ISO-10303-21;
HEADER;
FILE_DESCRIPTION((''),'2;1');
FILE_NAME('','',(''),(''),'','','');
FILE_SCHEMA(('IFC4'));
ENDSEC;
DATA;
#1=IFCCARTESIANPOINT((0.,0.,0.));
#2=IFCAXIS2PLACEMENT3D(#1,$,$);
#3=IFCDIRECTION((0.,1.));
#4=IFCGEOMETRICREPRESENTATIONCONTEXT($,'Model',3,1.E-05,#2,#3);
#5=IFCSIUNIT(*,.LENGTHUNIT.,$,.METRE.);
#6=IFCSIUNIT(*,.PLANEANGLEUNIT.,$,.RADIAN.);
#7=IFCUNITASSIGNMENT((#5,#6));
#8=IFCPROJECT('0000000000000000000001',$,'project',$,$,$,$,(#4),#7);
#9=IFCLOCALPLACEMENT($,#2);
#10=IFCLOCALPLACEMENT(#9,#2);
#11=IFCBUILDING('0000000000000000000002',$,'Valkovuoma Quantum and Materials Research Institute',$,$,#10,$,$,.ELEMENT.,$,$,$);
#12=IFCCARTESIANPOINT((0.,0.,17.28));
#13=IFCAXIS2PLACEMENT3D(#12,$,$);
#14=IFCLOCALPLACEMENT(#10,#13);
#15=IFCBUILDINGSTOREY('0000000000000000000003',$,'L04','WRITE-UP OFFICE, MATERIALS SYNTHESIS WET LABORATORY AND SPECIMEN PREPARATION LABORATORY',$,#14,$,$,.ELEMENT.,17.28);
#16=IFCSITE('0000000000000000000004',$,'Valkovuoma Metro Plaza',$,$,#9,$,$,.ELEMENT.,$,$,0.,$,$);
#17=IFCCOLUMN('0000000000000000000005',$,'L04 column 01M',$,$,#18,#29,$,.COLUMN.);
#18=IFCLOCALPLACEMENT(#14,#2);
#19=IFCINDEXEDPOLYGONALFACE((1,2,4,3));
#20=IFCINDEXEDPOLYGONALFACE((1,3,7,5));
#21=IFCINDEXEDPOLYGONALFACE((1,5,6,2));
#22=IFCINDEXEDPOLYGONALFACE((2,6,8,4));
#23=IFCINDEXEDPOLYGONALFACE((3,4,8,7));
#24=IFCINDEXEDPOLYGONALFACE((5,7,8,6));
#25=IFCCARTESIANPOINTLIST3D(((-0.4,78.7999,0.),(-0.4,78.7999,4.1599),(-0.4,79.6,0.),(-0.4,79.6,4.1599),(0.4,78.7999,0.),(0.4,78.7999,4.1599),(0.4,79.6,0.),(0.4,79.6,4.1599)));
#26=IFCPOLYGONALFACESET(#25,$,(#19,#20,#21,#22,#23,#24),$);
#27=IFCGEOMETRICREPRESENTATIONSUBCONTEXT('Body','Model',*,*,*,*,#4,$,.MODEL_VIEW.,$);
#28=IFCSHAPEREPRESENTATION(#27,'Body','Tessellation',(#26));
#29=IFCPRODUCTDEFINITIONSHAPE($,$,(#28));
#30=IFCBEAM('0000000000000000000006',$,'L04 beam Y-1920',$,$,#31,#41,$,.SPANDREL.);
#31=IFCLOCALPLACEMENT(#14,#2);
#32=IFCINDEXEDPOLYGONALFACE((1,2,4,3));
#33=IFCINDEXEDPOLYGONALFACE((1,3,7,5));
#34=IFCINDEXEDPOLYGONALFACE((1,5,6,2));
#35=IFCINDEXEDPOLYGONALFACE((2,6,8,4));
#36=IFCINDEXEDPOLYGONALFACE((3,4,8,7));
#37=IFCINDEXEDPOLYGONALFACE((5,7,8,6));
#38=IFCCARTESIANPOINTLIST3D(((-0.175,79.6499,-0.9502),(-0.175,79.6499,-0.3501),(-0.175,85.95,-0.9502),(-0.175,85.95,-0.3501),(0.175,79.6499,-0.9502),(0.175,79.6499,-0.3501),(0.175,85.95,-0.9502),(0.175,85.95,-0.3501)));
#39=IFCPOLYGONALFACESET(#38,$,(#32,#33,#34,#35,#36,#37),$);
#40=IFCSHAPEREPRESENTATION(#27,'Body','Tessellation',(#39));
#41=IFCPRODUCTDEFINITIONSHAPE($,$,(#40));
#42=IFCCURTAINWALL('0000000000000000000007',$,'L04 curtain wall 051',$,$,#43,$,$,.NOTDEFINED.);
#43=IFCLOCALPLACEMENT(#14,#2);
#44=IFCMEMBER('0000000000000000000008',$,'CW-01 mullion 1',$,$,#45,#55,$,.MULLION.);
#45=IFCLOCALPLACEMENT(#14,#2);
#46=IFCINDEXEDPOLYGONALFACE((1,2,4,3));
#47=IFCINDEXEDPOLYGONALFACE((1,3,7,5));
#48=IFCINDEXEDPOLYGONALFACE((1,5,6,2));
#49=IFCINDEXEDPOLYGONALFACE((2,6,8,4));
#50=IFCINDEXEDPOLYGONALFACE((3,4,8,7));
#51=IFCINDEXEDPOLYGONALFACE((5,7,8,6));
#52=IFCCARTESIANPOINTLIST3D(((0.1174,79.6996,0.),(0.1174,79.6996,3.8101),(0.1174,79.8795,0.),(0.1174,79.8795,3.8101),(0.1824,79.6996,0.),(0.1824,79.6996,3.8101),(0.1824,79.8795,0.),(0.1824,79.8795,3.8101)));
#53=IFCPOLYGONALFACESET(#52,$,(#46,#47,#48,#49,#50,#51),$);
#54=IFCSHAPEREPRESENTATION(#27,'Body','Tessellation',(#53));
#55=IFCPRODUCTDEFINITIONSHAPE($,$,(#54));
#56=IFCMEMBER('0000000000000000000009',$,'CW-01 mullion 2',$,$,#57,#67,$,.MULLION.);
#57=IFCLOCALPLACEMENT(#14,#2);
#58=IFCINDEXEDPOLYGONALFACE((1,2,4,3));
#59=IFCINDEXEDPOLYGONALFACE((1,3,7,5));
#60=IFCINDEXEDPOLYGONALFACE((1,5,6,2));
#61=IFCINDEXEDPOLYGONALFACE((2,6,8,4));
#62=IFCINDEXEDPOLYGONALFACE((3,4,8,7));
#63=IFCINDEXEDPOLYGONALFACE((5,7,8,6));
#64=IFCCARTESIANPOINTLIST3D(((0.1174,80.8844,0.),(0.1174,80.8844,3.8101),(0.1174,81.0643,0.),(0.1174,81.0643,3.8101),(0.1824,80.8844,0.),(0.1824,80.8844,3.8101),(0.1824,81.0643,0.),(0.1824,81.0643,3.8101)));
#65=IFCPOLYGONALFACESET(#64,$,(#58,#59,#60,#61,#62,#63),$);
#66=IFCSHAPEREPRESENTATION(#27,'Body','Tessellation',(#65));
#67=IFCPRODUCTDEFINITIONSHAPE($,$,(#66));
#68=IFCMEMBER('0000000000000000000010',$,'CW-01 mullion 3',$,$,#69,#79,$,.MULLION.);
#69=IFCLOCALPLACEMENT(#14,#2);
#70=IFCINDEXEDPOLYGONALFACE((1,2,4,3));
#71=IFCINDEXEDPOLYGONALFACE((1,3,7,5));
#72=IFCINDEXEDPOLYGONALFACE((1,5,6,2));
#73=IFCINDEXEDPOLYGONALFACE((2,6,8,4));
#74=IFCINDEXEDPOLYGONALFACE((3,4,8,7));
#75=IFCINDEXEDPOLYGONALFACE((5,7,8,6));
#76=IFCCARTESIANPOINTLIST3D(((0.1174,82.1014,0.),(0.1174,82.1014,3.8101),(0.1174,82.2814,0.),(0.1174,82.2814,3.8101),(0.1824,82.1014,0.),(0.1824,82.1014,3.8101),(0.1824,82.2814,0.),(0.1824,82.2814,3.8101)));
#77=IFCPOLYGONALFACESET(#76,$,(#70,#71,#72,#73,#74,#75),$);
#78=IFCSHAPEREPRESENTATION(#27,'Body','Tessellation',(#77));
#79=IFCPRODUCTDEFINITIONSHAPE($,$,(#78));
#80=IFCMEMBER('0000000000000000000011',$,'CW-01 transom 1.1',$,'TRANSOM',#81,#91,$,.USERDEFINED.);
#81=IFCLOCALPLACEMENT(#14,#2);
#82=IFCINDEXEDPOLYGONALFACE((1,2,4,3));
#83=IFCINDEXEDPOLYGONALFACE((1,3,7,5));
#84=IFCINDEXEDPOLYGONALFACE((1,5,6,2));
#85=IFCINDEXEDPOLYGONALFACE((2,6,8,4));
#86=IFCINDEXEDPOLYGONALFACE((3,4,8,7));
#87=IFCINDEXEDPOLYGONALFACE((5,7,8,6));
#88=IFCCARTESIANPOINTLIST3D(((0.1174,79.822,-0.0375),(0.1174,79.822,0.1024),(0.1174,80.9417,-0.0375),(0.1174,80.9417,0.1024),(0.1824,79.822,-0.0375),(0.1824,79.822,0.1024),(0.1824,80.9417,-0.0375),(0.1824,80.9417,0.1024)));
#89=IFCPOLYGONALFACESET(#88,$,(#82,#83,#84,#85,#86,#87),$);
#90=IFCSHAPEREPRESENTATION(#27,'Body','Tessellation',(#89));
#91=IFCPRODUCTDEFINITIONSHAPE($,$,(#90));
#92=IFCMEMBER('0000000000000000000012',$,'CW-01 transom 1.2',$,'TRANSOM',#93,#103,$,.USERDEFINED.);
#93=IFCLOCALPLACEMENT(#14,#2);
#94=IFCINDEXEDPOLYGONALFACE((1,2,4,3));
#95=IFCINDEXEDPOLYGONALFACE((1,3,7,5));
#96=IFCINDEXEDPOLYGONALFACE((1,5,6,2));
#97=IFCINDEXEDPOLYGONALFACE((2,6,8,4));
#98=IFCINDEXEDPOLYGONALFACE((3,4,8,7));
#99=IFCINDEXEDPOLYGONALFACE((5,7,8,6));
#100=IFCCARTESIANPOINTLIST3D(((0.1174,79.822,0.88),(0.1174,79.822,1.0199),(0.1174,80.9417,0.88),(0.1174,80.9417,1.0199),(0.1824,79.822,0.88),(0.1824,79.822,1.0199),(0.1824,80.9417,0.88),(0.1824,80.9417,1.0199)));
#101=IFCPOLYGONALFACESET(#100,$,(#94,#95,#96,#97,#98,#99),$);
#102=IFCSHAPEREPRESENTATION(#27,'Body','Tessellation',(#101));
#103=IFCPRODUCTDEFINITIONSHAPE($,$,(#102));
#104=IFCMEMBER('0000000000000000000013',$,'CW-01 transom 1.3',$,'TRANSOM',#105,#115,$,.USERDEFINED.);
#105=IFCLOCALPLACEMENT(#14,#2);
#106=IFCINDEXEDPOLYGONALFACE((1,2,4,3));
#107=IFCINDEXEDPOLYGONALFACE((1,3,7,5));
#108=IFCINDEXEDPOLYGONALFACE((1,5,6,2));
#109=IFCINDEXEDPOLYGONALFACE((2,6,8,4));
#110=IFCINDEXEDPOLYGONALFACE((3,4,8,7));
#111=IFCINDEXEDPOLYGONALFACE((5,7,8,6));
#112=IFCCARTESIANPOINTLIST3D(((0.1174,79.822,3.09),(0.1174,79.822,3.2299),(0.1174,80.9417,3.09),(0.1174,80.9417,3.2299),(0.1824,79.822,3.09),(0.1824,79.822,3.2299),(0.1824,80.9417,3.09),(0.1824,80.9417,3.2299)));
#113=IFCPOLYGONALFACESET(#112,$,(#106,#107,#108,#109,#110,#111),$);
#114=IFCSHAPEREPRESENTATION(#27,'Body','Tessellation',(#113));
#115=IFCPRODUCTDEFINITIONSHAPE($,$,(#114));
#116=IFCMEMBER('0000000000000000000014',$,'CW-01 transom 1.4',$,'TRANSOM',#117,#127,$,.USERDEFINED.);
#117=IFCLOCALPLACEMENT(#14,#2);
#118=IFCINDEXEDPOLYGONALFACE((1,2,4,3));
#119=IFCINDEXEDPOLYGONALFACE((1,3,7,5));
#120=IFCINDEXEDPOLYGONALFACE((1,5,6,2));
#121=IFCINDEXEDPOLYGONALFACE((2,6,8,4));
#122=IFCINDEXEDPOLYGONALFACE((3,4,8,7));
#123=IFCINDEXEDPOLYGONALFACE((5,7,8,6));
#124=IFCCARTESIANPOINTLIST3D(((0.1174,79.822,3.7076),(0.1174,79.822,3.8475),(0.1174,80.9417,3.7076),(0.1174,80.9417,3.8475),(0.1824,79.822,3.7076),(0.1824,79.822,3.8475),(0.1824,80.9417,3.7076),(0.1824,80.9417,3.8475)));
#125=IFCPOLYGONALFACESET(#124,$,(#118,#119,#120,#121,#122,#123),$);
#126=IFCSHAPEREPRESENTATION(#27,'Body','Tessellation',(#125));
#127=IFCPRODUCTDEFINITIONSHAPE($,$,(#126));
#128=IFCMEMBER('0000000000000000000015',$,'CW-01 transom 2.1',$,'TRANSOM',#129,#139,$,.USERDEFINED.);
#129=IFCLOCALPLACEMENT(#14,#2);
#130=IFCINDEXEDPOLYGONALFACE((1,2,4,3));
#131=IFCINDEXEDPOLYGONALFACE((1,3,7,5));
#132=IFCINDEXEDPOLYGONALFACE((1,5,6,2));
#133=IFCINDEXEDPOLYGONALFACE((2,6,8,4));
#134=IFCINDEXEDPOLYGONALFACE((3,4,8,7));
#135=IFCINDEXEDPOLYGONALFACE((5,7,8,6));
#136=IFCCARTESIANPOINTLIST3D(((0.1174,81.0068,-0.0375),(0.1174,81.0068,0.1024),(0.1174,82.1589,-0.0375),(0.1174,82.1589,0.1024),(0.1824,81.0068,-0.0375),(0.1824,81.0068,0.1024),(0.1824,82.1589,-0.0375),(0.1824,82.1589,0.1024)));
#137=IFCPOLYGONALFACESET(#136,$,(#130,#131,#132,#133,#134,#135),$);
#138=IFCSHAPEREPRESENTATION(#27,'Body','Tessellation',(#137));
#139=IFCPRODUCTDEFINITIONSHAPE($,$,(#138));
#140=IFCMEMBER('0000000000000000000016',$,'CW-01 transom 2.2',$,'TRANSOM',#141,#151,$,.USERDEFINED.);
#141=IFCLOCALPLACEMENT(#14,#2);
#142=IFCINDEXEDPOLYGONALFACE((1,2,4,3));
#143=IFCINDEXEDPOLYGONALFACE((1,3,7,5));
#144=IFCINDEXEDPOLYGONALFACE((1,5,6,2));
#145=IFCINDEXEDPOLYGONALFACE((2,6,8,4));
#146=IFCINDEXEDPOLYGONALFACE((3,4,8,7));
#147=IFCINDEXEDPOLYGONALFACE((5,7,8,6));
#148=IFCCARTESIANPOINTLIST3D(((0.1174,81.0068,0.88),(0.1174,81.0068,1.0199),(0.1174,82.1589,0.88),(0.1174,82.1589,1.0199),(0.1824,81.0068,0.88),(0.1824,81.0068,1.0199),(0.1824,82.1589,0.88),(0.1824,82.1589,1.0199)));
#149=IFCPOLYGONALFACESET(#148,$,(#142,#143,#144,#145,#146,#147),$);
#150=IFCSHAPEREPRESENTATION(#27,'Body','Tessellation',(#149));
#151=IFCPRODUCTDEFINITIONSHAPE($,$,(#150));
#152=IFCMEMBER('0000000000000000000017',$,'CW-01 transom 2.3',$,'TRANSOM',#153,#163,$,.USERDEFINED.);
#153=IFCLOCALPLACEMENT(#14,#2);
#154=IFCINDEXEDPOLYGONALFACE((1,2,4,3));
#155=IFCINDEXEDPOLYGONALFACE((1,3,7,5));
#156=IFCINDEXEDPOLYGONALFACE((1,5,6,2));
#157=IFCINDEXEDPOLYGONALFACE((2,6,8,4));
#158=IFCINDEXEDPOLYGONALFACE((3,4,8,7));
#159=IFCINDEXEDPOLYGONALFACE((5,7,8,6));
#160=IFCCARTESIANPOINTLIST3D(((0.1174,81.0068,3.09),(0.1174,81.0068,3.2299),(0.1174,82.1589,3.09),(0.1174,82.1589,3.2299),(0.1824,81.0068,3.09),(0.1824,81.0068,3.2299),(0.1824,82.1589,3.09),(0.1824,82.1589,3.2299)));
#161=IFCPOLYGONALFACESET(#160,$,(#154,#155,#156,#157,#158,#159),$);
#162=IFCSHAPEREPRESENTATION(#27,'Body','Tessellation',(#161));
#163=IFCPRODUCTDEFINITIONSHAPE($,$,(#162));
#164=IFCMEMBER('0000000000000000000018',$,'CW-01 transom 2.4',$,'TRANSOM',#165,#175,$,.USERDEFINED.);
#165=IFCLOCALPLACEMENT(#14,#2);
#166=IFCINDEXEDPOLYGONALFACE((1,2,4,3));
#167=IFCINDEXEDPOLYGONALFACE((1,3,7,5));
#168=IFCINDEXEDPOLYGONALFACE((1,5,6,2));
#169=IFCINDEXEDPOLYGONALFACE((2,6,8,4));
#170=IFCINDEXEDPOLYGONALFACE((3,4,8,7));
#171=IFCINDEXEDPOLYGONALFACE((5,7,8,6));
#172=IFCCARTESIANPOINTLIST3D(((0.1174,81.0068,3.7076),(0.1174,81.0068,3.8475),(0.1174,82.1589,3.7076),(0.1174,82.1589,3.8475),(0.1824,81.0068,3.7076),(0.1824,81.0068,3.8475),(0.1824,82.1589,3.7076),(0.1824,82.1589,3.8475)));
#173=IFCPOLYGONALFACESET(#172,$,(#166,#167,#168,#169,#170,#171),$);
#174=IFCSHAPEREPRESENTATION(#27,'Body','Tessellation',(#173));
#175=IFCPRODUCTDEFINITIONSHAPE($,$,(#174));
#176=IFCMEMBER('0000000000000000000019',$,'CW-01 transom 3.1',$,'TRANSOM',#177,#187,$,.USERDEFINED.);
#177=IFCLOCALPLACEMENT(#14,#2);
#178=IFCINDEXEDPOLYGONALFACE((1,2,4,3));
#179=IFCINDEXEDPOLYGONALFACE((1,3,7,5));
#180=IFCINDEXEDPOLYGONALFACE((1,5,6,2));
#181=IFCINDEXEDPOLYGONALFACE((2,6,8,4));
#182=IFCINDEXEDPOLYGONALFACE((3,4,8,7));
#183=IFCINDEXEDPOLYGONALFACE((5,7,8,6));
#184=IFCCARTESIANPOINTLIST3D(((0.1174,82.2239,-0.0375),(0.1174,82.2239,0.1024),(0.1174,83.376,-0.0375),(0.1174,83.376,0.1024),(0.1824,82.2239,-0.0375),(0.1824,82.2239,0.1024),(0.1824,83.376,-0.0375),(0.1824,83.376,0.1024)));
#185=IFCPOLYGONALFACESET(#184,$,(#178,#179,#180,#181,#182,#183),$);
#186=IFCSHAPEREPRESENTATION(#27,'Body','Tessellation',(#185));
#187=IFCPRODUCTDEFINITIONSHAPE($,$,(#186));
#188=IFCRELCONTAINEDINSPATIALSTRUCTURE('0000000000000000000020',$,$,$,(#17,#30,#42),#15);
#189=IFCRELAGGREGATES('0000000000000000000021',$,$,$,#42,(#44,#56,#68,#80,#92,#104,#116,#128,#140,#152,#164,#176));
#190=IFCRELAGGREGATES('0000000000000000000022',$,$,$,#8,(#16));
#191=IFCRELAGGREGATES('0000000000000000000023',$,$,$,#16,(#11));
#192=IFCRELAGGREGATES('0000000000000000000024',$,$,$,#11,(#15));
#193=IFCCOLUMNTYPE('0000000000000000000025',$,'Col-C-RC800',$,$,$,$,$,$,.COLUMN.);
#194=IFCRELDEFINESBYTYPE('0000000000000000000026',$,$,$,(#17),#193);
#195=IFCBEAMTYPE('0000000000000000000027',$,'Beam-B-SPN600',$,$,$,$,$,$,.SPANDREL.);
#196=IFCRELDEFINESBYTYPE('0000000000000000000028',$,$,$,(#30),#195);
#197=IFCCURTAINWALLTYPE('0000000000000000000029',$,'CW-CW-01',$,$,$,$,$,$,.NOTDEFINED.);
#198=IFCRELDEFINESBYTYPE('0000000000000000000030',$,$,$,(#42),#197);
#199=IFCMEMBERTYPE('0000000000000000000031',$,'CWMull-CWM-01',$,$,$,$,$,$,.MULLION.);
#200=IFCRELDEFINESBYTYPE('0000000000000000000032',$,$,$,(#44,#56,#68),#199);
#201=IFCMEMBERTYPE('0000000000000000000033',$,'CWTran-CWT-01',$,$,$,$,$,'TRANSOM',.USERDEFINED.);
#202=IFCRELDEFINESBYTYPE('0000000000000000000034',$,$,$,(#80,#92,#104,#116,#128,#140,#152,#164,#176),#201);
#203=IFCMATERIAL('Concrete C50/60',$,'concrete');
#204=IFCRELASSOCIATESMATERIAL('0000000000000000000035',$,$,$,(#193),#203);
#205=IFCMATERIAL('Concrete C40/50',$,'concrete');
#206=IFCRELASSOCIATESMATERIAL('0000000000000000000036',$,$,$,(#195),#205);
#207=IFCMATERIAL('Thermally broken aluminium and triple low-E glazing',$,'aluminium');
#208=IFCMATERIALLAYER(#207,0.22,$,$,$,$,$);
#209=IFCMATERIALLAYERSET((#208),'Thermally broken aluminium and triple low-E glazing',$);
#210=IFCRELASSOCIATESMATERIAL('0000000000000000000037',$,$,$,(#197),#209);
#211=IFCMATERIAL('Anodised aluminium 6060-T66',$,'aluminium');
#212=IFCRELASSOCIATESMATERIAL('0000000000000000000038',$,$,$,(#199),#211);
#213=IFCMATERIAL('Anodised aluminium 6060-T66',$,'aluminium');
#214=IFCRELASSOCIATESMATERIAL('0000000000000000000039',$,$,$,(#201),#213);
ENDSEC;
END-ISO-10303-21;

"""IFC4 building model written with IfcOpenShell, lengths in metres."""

from ifc_helpers import new_model, si_unit, direction, frame, origin, origin_2d, place, context, subcontext, project, spatial, rectangle, extrude, material, layer, layer_set, material_profile, profile_set, type_object, element, aggregate, save


model = new_model("IFC4")

# Units and contexts
model_context = context("Model", 3, precision=1e-05, world=origin(), true_north=direction((0.0, 1.0)))
body_context = subcontext(model_context, "Body", "Model", "MODEL_VIEW")
ifc_project = project(units=[si_unit("LENGTHUNIT", "METRE"), si_unit("PLANEANGLEUNIT", "RADIAN")], contexts=[model_context])

# Site, building, storey
site_placement = place(None, origin())
site = spatial("IfcSite", under=ifc_project, at=site_placement, Name="Valkovuoma Metro Plaza", CompositionType="ELEMENT", RefElevation=0.0)
building_placement = place(site_placement, origin())
building = spatial("IfcBuilding", under=site, at=building_placement, Name="Valkovuoma Quantum and Materials Research Institute", CompositionType="ELEMENT")
storey_placement = place(building_placement, frame((0.0, 0.0, 17.28)))
storey = spatial("IfcBuildingStorey", under=building, at=storey_placement, Name="L04", Description="WRITE-UP OFFICE, MATERIALS SYNTHESIS WET LABORATORY AND SPECIMEN PREPARATION LABORATORY", CompositionType="ELEMENT", Elevation=17.28)

# Column
ifc_material_1 = material(Name="Concrete C50/60", Category="concrete")
ifc_material_profile_1 = material_profile(ifc_material_1, rectangle(XDim=0.8, YDim=0.8, at=origin_2d()), Name="Concrete C50/60")
ifc_profile_set_1 = profile_set([ifc_material_profile_1], Name="Concrete C50/60")
column_type = type_object("IfcColumnType", Name="Col-C-RC800", PredefinedType="COLUMN", material=ifc_profile_set_1)
column_placement = place(storey_placement, frame((0.0, 79.2, 0.0), z_axis=(0.0, 0.0, 1.0), x_axis=(1.0, 0.0, 0.0)))
element("IfcColumn", 1, at=column_placement, inside=storey, type_object=column_type, Name="L04 column 01M", PredefinedType="COLUMN", context=body_context, shape_type="SweptSolid", body=[
    extrude(rectangle(XDim=0.8, YDim=0.8, at=origin_2d()), origin(), (0.0, 0.0, 1.0), 4.1599),
])

# Beam
ifc_material_2 = material(Name="Concrete C40/50", Category="concrete")
ifc_material_profile_2 = material_profile(ifc_material_2, rectangle(XDim=0.3501, YDim=0.6001, at=origin_2d()), Name="Concrete C40/50")
ifc_profile_set_2 = profile_set([ifc_material_profile_2], Name="Concrete C40/50")
beam_type = type_object("IfcBeamType", Name="Beam-B-SPN600", PredefinedType="SPANDREL", material=ifc_profile_set_2)
beam_placement = place(storey_placement, frame((0.0, 79.6499, -0.6501), z_axis=(0.0, 1.0, 0.0), x_axis=(-1.0, 0.0, 0.0)))
element("IfcBeam", 2, at=beam_placement, inside=storey, type_object=beam_type, Name="L04 beam Y-1920", PredefinedType="SPANDREL", context=body_context, shape_type="SweptSolid", body=[
    extrude(rectangle(XDim=0.3501, YDim=0.6001, at=origin_2d()), origin(), (0.0, 0.0, 1.0), 6.3),
])

# Curtain wall, members
ifc_material_3 = material(Name="Thermally broken aluminium and triple low-E glazing", Category="aluminium")
ifc_layer_1 = layer(ifc_material_3, 0.22)
ifc_layer_set_1 = layer_set([ifc_layer_1], Name="Thermally broken aluminium and triple low-E glazing")
curtain_wall_type = type_object("IfcCurtainWallType", Name="CW-CW-01", PredefinedType="NOTDEFINED", material=ifc_layer_set_1)
curtain_wall_placement = place(storey_placement, origin())
curtain_wall = element("IfcCurtainWall", 3, at=curtain_wall_placement, inside=storey, type_object=curtain_wall_type, Name="L04 curtain wall 051", PredefinedType="NOTDEFINED")
ifc_material_4 = material(Name="Anodised aluminium 6060-T66", Category="aluminium")
ifc_material_profile_3 = material_profile(ifc_material_4, rectangle(XDim=0.0649, YDim=0.1799, at=origin_2d()), Name="Anodised aluminium 6060-T66")
ifc_profile_set_3 = profile_set([ifc_material_profile_3], Name="Anodised aluminium 6060-T66")
member_type_1 = type_object("IfcMemberType", Name="CWMull-CWM-01", PredefinedType="MULLION", material=ifc_profile_set_3)
member_1_placement = place(storey_placement, frame((0.1499, 79.7896, 0.0), z_axis=(0.0, 0.0, 1.0), x_axis=(-1.0, 0.0, 0.0)))
member_1 = element("IfcMember", 4, at=member_1_placement, type_object=member_type_1, Name="CW-01 mullion 1", PredefinedType="MULLION", context=body_context, shape_type="SweptSolid", body=[
    extrude(rectangle(XDim=0.0649, YDim=0.1799, at=origin_2d()), origin(), (0.0, 0.0, 1.0), 3.8101),
])
member_2_placement = place(storey_placement, frame((0.1499, 80.9744, 0.0), z_axis=(0.0, 0.0, 1.0), x_axis=(-1.0, 0.0, 0.0)))
member_2 = element("IfcMember", 5, at=member_2_placement, type_object=member_type_1, Name="CW-01 mullion 2", PredefinedType="MULLION", context=body_context, shape_type="SweptSolid", body=[
    extrude(rectangle(XDim=0.0649, YDim=0.1799, at=origin_2d()), origin(), (0.0, 0.0, 1.0), 3.8101),
])
member_3_placement = place(storey_placement, frame((0.1499, 82.1914, 0.0), z_axis=(0.0, 0.0, 1.0), x_axis=(-1.0, 0.0, 0.0)))
member_3 = element("IfcMember", 6, at=member_3_placement, type_object=member_type_1, Name="CW-01 mullion 3", PredefinedType="MULLION", context=body_context, shape_type="SweptSolid", body=[
    extrude(rectangle(XDim=0.0649, YDim=0.1799, at=origin_2d()), origin(), (0.0, 0.0, 1.0), 3.8101),
])
ifc_material_5 = material(Name="Anodised aluminium 6060-T66", Category="aluminium")
ifc_material_profile_4 = material_profile(ifc_material_5, rectangle(XDim=0.0649, YDim=0.1399, at=origin_2d()), Name="Anodised aluminium 6060-T66")
ifc_profile_set_4 = profile_set([ifc_material_profile_4], Name="Anodised aluminium 6060-T66")
member_type_2 = type_object("IfcMemberType", Name="CWTran-CWT-01", ElementType="TRANSOM", PredefinedType="USERDEFINED", material=ifc_profile_set_4)
member_4_placement = place(storey_placement, frame((0.1499, 79.822, 0.0325), z_axis=(0.0, 1.0, 0.0), x_axis=(-1.0, 0.0, 0.0)))
member_4 = element("IfcMember", 7, at=member_4_placement, type_object=member_type_2, Name="CW-01 transom 1.1", ObjectType="TRANSOM", PredefinedType="USERDEFINED", context=body_context, shape_type="SweptSolid", body=[
    extrude(rectangle(XDim=0.0649, YDim=0.1399, at=origin_2d()), origin(), (0.0, 0.0, 1.0), 1.1196),
])
member_5_placement = place(storey_placement, frame((0.1499, 79.822, 0.95), z_axis=(0.0, 1.0, 0.0), x_axis=(-1.0, 0.0, 0.0)))
member_5 = element("IfcMember", 8, at=member_5_placement, type_object=member_type_2, Name="CW-01 transom 1.2", ObjectType="TRANSOM", PredefinedType="USERDEFINED", context=body_context, shape_type="SweptSolid", body=[
    extrude(rectangle(XDim=0.0649, YDim=0.1399, at=origin_2d()), origin(), (0.0, 0.0, 1.0), 1.1196),
])
member_6_placement = place(storey_placement, frame((0.1499, 79.822, 3.1599), z_axis=(0.0, 1.0, 0.0), x_axis=(-1.0, 0.0, 0.0)))
member_6 = element("IfcMember", 9, at=member_6_placement, type_object=member_type_2, Name="CW-01 transom 1.3", ObjectType="TRANSOM", PredefinedType="USERDEFINED", context=body_context, shape_type="SweptSolid", body=[
    extrude(rectangle(XDim=0.0649, YDim=0.1399, at=origin_2d()), origin(), (0.0, 0.0, 1.0), 1.1196),
])
member_7_placement = place(storey_placement, frame((0.1499, 79.822, 3.7776), z_axis=(0.0, 1.0, 0.0), x_axis=(-1.0, 0.0, 0.0)))
member_7 = element("IfcMember", 10, at=member_7_placement, type_object=member_type_2, Name="CW-01 transom 1.4", ObjectType="TRANSOM", PredefinedType="USERDEFINED", context=body_context, shape_type="SweptSolid", body=[
    extrude(rectangle(XDim=0.0649, YDim=0.1399, at=origin_2d()), origin(), (0.0, 0.0, 1.0), 1.1196),
])
member_8_placement = place(storey_placement, frame((0.1499, 81.0068, 0.0325), z_axis=(0.0, 1.0, 0.0), x_axis=(-1.0, 0.0, 0.0)))
member_8 = element("IfcMember", 11, at=member_8_placement, type_object=member_type_2, Name="CW-01 transom 2.1", ObjectType="TRANSOM", PredefinedType="USERDEFINED", context=body_context, shape_type="SweptSolid", body=[
    extrude(rectangle(XDim=0.0649, YDim=0.1399, at=origin_2d()), origin(), (0.0, 0.0, 1.0), 1.1521),
])
member_9_placement = place(storey_placement, frame((0.1499, 81.0068, 0.95), z_axis=(0.0, 1.0, 0.0), x_axis=(-1.0, 0.0, 0.0)))
member_9 = element("IfcMember", 12, at=member_9_placement, type_object=member_type_2, Name="CW-01 transom 2.2", ObjectType="TRANSOM", PredefinedType="USERDEFINED", context=body_context, shape_type="SweptSolid", body=[
    extrude(rectangle(XDim=0.0649, YDim=0.1399, at=origin_2d()), origin(), (0.0, 0.0, 1.0), 1.1521),
])
member_10_placement = place(storey_placement, frame((0.1499, 81.0068, 3.1599), z_axis=(0.0, 1.0, 0.0), x_axis=(-1.0, 0.0, 0.0)))
member_10 = element("IfcMember", 13, at=member_10_placement, type_object=member_type_2, Name="CW-01 transom 2.3", ObjectType="TRANSOM", PredefinedType="USERDEFINED", context=body_context, shape_type="SweptSolid", body=[
    extrude(rectangle(XDim=0.0649, YDim=0.1399, at=origin_2d()), origin(), (0.0, 0.0, 1.0), 1.1521),
])
member_11_placement = place(storey_placement, frame((0.1499, 81.0068, 3.7776), z_axis=(0.0, 1.0, 0.0), x_axis=(-1.0, 0.0, 0.0)))
member_11 = element("IfcMember", 14, at=member_11_placement, type_object=member_type_2, Name="CW-01 transom 2.4", ObjectType="TRANSOM", PredefinedType="USERDEFINED", context=body_context, shape_type="SweptSolid", body=[
    extrude(rectangle(XDim=0.0649, YDim=0.1399, at=origin_2d()), origin(), (0.0, 0.0, 1.0), 1.1521),
])
member_12_placement = place(storey_placement, frame((0.1499, 82.2239, 0.0325), z_axis=(0.0, 1.0, 0.0), x_axis=(-1.0, 0.0, 0.0)))
member_12 = element("IfcMember", 15, at=member_12_placement, type_object=member_type_2, Name="CW-01 transom 3.1", ObjectType="TRANSOM", PredefinedType="USERDEFINED", context=body_context, shape_type="SweptSolid", body=[
    extrude(rectangle(XDim=0.0649, YDim=0.1399, at=origin_2d()), origin(), (0.0, 0.0, 1.0), 1.1521),
])
aggregate(curtain_wall, [member_1, member_2, member_3, member_4, member_5, member_6, member_7, member_8, member_9, member_10, member_11, member_12])

save(model, "model.ifc")
